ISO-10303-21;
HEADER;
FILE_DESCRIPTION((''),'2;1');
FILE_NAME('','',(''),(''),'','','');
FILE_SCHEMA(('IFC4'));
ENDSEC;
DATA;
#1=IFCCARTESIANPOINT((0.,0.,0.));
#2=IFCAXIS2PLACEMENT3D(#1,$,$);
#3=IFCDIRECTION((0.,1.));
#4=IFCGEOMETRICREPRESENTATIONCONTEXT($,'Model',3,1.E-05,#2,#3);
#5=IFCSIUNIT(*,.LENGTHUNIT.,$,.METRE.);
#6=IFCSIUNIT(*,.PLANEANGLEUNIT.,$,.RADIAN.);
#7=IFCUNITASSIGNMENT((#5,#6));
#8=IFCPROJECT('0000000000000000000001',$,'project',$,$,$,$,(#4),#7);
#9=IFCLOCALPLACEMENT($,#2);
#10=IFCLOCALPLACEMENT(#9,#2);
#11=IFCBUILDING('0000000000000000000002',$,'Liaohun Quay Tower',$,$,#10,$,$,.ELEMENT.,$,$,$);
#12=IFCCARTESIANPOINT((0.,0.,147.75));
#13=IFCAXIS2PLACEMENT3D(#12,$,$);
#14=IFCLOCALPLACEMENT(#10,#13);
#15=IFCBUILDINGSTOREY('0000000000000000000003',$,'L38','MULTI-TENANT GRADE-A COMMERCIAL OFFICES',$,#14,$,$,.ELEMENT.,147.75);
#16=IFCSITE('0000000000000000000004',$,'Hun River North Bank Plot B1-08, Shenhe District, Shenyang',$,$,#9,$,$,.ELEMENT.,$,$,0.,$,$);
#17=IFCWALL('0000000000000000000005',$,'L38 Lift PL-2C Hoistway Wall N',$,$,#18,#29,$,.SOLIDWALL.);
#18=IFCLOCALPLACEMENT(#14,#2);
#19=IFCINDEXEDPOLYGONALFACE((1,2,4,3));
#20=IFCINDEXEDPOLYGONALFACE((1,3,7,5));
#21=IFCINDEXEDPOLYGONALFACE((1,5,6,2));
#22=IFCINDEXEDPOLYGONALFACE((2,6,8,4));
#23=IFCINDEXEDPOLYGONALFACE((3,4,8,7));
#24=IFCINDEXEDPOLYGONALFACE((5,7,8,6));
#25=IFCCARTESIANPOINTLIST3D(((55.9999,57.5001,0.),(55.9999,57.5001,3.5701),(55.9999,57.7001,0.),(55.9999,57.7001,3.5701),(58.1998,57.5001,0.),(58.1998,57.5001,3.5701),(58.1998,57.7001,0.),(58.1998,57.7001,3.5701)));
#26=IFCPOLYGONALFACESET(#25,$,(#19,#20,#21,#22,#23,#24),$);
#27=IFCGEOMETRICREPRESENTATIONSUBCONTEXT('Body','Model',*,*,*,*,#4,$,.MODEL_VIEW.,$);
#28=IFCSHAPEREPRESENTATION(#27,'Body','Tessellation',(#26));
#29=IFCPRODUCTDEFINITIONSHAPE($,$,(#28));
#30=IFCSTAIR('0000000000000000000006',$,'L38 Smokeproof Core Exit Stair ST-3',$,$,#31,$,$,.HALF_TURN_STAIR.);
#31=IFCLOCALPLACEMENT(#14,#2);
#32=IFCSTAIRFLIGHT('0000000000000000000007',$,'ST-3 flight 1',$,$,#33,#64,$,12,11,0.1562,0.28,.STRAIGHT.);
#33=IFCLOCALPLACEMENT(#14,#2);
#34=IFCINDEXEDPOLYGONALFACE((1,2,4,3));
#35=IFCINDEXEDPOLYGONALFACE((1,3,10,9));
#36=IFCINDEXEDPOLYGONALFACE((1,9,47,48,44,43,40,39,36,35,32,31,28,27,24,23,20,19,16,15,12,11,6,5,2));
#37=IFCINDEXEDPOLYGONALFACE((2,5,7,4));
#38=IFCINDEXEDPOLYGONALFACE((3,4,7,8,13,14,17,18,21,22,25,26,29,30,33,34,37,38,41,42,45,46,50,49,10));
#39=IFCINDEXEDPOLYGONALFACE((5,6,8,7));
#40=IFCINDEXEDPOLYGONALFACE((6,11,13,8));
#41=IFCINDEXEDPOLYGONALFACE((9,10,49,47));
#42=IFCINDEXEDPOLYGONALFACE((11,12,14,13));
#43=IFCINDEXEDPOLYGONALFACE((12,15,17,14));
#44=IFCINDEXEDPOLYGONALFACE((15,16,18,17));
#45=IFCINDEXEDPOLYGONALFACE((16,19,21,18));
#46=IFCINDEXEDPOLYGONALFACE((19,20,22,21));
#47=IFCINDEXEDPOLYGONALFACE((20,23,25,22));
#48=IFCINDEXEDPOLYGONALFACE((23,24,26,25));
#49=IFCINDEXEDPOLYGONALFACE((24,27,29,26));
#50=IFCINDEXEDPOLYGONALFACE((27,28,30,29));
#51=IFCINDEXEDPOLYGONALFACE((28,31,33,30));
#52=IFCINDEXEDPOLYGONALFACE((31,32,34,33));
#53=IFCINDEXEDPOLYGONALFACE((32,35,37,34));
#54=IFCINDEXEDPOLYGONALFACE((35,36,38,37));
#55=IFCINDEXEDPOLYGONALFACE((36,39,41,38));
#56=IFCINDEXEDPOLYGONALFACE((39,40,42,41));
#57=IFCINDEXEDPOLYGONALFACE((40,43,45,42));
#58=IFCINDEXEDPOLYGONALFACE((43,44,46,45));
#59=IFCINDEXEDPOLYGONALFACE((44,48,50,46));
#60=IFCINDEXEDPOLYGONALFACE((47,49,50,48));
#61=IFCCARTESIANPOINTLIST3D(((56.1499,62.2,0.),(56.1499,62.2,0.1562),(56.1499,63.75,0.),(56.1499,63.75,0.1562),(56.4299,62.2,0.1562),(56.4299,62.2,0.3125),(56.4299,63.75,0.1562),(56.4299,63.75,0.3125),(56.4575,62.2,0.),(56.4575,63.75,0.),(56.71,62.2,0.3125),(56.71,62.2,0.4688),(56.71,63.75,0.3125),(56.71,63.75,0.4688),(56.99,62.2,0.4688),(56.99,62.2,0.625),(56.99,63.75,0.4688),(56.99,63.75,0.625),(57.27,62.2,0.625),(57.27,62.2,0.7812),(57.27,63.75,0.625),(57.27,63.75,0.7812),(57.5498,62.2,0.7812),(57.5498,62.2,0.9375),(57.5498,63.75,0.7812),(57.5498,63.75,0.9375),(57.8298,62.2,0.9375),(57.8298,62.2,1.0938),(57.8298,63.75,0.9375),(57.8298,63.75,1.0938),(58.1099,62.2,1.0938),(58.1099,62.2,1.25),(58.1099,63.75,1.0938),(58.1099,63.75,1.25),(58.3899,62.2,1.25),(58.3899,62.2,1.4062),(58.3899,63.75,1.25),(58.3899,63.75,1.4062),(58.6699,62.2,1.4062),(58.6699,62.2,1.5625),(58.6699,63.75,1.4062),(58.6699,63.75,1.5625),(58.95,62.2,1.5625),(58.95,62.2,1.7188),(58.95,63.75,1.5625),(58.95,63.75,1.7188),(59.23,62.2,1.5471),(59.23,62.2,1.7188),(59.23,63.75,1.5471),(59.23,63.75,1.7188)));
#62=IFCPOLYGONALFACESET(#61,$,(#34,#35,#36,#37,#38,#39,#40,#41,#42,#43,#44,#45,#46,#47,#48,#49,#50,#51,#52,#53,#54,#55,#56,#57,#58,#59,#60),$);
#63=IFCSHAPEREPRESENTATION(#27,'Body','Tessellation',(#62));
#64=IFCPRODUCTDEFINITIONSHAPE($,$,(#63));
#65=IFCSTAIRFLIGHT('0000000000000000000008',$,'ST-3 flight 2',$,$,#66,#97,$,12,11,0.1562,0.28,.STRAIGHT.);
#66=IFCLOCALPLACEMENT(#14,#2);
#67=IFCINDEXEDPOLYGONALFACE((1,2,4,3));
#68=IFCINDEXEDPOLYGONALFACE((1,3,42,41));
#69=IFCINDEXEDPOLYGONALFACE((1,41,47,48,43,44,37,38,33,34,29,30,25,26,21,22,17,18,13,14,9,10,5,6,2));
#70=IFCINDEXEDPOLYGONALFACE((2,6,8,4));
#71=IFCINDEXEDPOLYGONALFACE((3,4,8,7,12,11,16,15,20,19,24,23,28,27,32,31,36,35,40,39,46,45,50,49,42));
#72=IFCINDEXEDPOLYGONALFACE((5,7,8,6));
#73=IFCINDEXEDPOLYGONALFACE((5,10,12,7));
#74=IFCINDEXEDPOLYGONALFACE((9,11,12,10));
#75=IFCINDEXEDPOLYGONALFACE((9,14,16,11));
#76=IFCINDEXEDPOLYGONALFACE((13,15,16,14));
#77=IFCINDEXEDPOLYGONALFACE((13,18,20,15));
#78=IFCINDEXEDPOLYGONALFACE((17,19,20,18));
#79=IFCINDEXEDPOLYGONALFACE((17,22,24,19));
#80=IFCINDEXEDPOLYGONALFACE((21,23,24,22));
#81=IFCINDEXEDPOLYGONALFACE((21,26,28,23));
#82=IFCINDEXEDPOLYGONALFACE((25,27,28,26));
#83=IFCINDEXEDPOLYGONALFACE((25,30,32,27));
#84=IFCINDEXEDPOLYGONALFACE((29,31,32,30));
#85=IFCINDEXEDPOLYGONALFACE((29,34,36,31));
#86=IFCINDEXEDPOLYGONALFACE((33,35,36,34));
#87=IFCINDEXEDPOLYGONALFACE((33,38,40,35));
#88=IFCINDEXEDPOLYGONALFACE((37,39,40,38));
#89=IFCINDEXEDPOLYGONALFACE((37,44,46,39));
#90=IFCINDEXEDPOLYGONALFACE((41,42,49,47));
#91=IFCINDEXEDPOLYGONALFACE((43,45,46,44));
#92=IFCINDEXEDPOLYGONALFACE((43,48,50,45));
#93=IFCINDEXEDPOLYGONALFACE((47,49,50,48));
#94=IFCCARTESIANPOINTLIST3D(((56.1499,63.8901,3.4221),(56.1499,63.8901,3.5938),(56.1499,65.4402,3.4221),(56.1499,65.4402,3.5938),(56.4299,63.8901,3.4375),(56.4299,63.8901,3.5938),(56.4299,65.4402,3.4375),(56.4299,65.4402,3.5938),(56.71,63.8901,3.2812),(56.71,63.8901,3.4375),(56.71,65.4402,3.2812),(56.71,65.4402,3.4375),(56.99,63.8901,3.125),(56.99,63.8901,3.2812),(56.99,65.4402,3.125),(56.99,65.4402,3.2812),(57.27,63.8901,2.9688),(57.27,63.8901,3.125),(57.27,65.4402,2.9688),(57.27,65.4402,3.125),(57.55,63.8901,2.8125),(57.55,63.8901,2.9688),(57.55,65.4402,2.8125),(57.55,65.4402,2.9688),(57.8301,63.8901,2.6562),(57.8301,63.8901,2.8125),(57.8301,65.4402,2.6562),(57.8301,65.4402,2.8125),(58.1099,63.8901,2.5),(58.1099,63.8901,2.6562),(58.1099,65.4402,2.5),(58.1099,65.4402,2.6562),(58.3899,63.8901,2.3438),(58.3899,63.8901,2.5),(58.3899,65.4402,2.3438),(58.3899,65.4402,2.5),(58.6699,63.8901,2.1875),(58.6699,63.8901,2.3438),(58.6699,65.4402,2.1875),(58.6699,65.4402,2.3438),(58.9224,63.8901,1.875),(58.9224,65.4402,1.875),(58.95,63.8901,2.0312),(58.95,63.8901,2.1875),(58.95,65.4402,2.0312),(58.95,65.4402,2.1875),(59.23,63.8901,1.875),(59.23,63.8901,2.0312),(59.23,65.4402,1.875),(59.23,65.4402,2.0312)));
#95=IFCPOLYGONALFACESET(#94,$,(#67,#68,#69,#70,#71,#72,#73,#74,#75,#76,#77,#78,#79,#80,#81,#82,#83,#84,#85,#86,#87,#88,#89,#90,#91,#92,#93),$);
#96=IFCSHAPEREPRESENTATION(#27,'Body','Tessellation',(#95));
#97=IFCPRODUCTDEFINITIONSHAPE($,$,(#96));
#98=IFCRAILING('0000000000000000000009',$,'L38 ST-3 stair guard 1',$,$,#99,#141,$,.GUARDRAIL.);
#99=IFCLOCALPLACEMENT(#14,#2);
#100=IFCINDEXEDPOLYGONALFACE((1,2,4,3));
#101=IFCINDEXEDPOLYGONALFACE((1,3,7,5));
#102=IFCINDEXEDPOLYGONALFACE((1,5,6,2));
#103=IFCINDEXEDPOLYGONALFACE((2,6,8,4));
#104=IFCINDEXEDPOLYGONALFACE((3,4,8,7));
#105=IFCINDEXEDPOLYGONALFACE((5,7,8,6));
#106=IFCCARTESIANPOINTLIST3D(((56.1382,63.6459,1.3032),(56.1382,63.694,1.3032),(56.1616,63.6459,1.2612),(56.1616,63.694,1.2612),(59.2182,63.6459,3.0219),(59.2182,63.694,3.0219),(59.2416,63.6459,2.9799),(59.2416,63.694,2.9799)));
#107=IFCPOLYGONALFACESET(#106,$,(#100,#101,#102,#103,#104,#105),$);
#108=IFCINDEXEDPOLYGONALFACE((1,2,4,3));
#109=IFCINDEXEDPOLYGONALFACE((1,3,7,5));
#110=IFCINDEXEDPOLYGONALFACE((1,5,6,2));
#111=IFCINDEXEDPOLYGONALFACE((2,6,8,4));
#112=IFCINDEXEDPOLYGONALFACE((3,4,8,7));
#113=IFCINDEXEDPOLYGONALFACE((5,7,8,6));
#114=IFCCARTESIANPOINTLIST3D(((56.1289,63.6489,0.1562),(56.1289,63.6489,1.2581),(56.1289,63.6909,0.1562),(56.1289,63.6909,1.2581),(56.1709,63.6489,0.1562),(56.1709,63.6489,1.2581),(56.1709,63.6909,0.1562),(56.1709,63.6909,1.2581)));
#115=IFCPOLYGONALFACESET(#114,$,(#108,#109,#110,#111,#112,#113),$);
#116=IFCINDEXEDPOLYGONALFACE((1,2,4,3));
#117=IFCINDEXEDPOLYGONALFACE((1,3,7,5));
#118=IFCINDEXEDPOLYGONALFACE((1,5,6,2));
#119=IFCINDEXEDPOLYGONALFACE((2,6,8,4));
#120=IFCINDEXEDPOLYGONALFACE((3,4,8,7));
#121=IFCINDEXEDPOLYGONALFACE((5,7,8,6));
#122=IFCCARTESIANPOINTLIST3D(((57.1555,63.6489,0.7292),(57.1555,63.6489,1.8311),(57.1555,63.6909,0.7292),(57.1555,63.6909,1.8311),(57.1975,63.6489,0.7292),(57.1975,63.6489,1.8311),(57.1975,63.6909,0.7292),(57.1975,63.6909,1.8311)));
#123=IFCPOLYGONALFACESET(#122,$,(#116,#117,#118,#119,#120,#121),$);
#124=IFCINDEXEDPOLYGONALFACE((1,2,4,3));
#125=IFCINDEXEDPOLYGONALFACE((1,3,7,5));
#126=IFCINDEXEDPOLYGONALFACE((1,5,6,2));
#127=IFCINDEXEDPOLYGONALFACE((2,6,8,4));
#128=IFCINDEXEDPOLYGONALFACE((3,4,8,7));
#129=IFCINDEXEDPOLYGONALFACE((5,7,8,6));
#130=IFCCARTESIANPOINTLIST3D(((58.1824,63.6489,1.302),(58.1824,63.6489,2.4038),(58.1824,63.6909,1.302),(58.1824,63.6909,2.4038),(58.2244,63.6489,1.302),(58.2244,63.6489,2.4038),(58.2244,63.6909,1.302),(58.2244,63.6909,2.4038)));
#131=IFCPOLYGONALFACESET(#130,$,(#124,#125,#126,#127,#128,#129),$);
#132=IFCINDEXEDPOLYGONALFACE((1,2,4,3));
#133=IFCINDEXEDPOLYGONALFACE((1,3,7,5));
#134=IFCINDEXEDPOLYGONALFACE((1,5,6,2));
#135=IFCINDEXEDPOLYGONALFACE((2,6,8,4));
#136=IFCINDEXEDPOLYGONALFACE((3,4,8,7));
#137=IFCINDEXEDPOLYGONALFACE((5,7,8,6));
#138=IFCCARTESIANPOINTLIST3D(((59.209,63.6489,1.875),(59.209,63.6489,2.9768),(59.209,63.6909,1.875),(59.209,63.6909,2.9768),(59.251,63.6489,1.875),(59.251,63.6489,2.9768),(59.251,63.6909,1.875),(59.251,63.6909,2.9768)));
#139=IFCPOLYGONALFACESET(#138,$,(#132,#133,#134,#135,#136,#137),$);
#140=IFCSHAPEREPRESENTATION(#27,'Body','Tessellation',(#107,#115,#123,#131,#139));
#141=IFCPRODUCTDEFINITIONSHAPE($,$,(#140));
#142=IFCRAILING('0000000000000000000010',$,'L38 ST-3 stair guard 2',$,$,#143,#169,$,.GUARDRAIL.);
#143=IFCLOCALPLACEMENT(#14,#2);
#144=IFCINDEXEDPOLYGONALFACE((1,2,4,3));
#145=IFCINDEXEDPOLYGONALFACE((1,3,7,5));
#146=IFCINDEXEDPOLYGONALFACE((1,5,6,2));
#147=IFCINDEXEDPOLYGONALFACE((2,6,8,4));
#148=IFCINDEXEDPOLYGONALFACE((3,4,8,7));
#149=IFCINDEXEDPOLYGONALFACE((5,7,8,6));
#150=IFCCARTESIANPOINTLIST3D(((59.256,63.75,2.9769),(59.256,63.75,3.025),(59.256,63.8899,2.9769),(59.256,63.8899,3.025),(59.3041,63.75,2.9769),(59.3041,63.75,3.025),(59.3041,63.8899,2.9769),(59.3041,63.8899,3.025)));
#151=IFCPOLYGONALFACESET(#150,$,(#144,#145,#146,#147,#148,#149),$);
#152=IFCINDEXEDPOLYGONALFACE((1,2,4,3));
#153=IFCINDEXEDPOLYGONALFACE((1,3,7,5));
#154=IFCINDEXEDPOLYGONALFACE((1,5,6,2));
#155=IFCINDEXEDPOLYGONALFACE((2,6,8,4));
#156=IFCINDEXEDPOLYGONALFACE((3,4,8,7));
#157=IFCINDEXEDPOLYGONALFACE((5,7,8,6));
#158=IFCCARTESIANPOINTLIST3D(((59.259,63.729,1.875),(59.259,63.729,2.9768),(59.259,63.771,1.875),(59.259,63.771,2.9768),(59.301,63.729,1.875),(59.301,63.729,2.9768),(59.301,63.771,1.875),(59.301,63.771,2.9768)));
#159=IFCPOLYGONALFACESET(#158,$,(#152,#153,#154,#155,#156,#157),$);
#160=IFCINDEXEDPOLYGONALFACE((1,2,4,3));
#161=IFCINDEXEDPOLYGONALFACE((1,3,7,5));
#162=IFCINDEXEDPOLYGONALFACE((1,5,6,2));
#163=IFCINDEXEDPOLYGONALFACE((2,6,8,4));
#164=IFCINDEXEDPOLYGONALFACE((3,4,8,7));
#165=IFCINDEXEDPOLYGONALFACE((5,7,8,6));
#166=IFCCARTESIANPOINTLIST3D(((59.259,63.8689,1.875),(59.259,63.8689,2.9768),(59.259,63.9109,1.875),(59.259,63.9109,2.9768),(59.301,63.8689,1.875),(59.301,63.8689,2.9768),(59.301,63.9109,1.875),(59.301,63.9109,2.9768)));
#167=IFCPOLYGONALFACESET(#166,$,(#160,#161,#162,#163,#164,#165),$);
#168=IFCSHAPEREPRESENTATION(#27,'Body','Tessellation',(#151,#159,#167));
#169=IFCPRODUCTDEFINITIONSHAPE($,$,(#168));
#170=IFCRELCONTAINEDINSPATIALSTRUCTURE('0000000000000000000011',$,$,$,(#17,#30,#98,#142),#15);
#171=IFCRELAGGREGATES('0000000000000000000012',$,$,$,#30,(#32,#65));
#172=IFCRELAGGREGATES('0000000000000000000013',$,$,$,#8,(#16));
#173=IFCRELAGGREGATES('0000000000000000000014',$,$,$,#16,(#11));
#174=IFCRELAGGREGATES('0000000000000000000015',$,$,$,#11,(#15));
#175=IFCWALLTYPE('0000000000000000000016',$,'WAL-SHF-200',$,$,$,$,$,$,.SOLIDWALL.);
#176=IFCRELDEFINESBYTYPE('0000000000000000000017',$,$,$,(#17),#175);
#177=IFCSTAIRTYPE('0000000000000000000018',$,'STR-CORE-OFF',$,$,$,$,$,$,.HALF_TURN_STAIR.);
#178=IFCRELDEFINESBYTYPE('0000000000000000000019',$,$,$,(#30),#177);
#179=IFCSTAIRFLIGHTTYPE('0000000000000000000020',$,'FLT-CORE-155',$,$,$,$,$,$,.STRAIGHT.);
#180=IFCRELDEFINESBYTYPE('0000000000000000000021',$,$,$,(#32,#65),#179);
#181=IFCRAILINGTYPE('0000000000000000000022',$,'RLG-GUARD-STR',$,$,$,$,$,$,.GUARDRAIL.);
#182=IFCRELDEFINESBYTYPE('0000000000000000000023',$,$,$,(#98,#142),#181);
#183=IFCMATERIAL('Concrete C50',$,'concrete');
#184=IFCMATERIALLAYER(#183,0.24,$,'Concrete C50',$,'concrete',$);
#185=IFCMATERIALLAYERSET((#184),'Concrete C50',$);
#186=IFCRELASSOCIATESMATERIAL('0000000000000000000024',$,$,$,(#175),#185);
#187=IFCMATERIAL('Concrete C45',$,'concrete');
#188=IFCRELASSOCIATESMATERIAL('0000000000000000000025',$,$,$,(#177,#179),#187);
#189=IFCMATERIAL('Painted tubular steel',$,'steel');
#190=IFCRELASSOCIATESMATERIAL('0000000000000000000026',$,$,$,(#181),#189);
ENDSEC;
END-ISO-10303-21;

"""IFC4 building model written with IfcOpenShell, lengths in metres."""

from ifc_helpers import new_model, si_unit, direction, frame, frame_2d, origin, origin_2d, place, context, subcontext, project, spatial, polyline, rectangle, outline, extrude, material, layer, layer_set, type_object, element, aggregate, save


model = new_model("IFC4")

# Units and contexts
model_context = context("Model", 3, precision=1e-05, world=origin(), true_north=direction((0.0, 1.0)))
body_context = subcontext(model_context, "Body", "Model", "MODEL_VIEW")
ifc_project = project(units=[si_unit("LENGTHUNIT", "METRE"), si_unit("PLANEANGLEUNIT", "RADIAN")], contexts=[model_context])

# Site, building, storey
site_placement = place(None, origin())
site = spatial("IfcSite", under=ifc_project, at=site_placement, Name="Hun River North Bank Plot B1-08, Shenhe District, Shenyang", CompositionType="ELEMENT", RefElevation=0.0)
building_placement = place(site_placement, origin())
building = spatial("IfcBuilding", under=site, at=building_placement, Name="Liaohun Quay Tower", CompositionType="ELEMENT")
storey_placement = place(building_placement, frame((0.0, 0.0, 147.75)))
storey = spatial("IfcBuildingStorey", under=building, at=storey_placement, Name="L38", Description="MULTI-TENANT GRADE-A COMMERCIAL OFFICES", CompositionType="ELEMENT", Elevation=147.75)

# Shared definitions
ifc_material_1 = material(Name="Concrete C50", Category="concrete")
ifc_layer_1 = layer(ifc_material_1, 0.24, Name="Concrete C50", Category="concrete")
ifc_layer_set_1 = layer_set([ifc_layer_1], Name="Concrete C50")
wall_type_1 = type_object("IfcWallType", Name="WAL-SHF-200", PredefinedType="SOLIDWALL", material=ifc_layer_set_1)

# Wall
wall_1_placement = place(storey_placement, frame((58.2, 57.6001, 0.0), z_axis=(0.0, 0.0, 1.0), x_axis=(-1.0, 0.0, 0.0)))
element("IfcWall", 1, at=wall_1_placement, inside=storey, type_object=wall_type_1, Name="L38 Lift PL-2C Hoistway Wall N", PredefinedType="SOLIDWALL", context=body_context, shape_type="SweptSolid", body=[
    extrude(rectangle(XDim=2.2, YDim=0.2, at=frame_2d((1.1001, 0.0))), origin(), (0.0, 0.0, 1.0), 3.5701),
])

# Stair, stair flights
ifc_material_2 = material(Name="Concrete C45", Category="concrete")
stair_type = type_object("IfcStairType", Name="STR-CORE-OFF", PredefinedType="HALF_TURN_STAIR", material=ifc_material_2)
stair_placement = place(storey_placement, origin())
stair = element("IfcStair", 2, at=stair_placement, inside=storey, type_object=stair_type, Name="L38 Smokeproof Core Exit Stair ST-3", PredefinedType="HALF_TURN_STAIR")
stair_flight_type = type_object("IfcStairFlightType", Name="FLT-CORE-155", PredefinedType="STRAIGHT", material=ifc_material_2)
stair_flight_1_placement = place(storey_placement, frame((56.1499, 62.9751, 0.0), z_axis=(0.0, 0.0, 1.0), x_axis=(1.0, 0.0, 0.0)))
stair_flight_1 = element("IfcStairFlight", 3, at=stair_flight_1_placement, type_object=stair_flight_type, Name="ST-3 flight 1", NumberOfRisers=12, NumberOfTreads=11, PredefinedType="STRAIGHT", RiserHeight=0.1562, TreadLength=0.28, context=body_context, shape_type="SweptSolid", body=[
    extrude(outline(polyline([(0.0, 0.0), (0.0, 0.1562), (0.28, 0.1562), (0.28, 0.3125), (0.5601, 0.3125), (0.5601, 0.4688), (0.8401, 0.4688), (0.8401, 0.625), (1.1201, 0.625), (1.1201, 0.7812), (1.3999, 0.7812), (1.3999, 0.9375), (1.6799, 0.9375), (1.6799, 1.0938), (1.96, 1.0938), (1.96, 1.25), (2.24, 1.25), (2.24, 1.4062), (2.52, 1.4062), (2.52, 1.5625), (2.8, 1.5625), (2.8, 1.7188), (3.0801, 1.7188), (3.0801, 1.875), (3.0801, 1.5471), (0.3076, 0.0), (0.0, 0.0)])), frame((0.0, 0.7749, 0.0), z_axis=(0.0, -1.0, 0.0), x_axis=(1.0, 0.0, 0.0)), (0.0, 0.0, 1.0), 1.55),
])
stair_flight_2_placement = place(storey_placement, frame((59.23, 64.665, 1.875), z_axis=(0.0, 0.0, 1.0), x_axis=(-1.0, 0.0, 0.0)))
stair_flight_2 = element("IfcStairFlight", 4, at=stair_flight_2_placement, type_object=stair_flight_type, Name="ST-3 flight 2", NumberOfRisers=12, NumberOfTreads=11, PredefinedType="STRAIGHT", RiserHeight=0.1562, TreadLength=0.28, context=body_context, shape_type="SweptSolid", body=[
    extrude(outline(polyline([(0.0, 0.0), (0.0, 0.1562), (0.28, 0.1562), (0.28, 0.3125), (0.5601, 0.3125), (0.5601, 0.4688), (0.8401, 0.4688), (0.8401, 0.625), (1.1201, 0.625), (1.1201, 0.7812), (1.3999, 0.7812), (1.3999, 0.9375), (1.6799, 0.9375), (1.6799, 1.0938), (1.96, 1.0938), (1.96, 1.25), (2.24, 1.25), (2.24, 1.4062), (2.52, 1.4062), (2.52, 1.5625), (2.8, 1.5625), (2.8, 1.7188), (3.0801, 1.7188), (3.0801, 1.875), (3.0801, 1.5471), (0.3076, 0.0), (0.0, 0.0)])), frame((0.0, 0.7749, 0.0), z_axis=(0.0, -1.0, 0.0), x_axis=(1.0, 0.0, 0.0)), (0.0, 0.0, 1.0), 1.55),
])
aggregate(stair, [stair_flight_1, stair_flight_2])

# Railings
ifc_material_3 = material(Name="Painted tubular steel", Category="steel")
railing_type_1 = type_object("IfcRailingType", Name="RLG-GUARD-STR", PredefinedType="GUARDRAIL", material=ifc_material_3)
railing_1_placement = place(storey_placement, frame((56.1499, 63.6699, 0.1562)))
element("IfcRailing", 5, at=railing_1_placement, inside=storey, type_object=railing_type_1, Name="L38 ST-3 stair guard 1", PredefinedType="GUARDRAIL", context=body_context, shape_type="SweptSolid", body=[
    extrude(rectangle(XDim=0.0481, YDim=0.0481, at=origin_2d()), frame((0.0, 0.0, 1.126), z_axis=(0.873242, 0.0, 0.487288), x_axis=(0.0, 1.0, 0.0)), (0.0, 0.0, 1.0), 3.5271),
    extrude(rectangle(XDim=0.042, YDim=0.042, at=origin_2d()), origin(), (0.0, 0.0, 1.0), 1.1018),
    extrude(rectangle(XDim=0.042, YDim=0.042, at=origin_2d()), frame((1.0266, 0.0, 0.573)), (0.0, 0.0, 1.0), 1.1018),
    extrude(rectangle(XDim=0.042, YDim=0.042, at=origin_2d()), frame((2.0535, 0.0, 1.1458)), (0.0, 0.0, 1.0), 1.1018),
    extrude(rectangle(XDim=0.042, YDim=0.042, at=origin_2d()), frame((3.0801, 0.0, 1.7188)), (0.0, 0.0, 1.0), 1.1018),
])
railing_2_placement = place(storey_placement, frame((59.28, 63.75, 1.875)))
element("IfcRailing", 6, at=railing_2_placement, inside=storey, type_object=railing_type_1, Name="L38 ST-3 stair guard 2", PredefinedType="GUARDRAIL", context=body_context, shape_type="SweptSolid", body=[
    extrude(rectangle(XDim=0.0481, YDim=0.0481, at=origin_2d()), frame((0.0, 0.0, 1.126), z_axis=(0.0, 1.0, 0.0), x_axis=(-1.0, 0.0, 0.0)), (0.0, 0.0, 1.0), 0.1399),
    extrude(rectangle(XDim=0.042, YDim=0.042, at=origin_2d()), origin(), (0.0, 0.0, 1.0), 1.1018),
    extrude(rectangle(XDim=0.042, YDim=0.042, at=origin_2d()), frame((0.0, 0.1399, 0.0)), (0.0, 0.0, 1.0), 1.1018),
])

save(model, "model.ifc")
